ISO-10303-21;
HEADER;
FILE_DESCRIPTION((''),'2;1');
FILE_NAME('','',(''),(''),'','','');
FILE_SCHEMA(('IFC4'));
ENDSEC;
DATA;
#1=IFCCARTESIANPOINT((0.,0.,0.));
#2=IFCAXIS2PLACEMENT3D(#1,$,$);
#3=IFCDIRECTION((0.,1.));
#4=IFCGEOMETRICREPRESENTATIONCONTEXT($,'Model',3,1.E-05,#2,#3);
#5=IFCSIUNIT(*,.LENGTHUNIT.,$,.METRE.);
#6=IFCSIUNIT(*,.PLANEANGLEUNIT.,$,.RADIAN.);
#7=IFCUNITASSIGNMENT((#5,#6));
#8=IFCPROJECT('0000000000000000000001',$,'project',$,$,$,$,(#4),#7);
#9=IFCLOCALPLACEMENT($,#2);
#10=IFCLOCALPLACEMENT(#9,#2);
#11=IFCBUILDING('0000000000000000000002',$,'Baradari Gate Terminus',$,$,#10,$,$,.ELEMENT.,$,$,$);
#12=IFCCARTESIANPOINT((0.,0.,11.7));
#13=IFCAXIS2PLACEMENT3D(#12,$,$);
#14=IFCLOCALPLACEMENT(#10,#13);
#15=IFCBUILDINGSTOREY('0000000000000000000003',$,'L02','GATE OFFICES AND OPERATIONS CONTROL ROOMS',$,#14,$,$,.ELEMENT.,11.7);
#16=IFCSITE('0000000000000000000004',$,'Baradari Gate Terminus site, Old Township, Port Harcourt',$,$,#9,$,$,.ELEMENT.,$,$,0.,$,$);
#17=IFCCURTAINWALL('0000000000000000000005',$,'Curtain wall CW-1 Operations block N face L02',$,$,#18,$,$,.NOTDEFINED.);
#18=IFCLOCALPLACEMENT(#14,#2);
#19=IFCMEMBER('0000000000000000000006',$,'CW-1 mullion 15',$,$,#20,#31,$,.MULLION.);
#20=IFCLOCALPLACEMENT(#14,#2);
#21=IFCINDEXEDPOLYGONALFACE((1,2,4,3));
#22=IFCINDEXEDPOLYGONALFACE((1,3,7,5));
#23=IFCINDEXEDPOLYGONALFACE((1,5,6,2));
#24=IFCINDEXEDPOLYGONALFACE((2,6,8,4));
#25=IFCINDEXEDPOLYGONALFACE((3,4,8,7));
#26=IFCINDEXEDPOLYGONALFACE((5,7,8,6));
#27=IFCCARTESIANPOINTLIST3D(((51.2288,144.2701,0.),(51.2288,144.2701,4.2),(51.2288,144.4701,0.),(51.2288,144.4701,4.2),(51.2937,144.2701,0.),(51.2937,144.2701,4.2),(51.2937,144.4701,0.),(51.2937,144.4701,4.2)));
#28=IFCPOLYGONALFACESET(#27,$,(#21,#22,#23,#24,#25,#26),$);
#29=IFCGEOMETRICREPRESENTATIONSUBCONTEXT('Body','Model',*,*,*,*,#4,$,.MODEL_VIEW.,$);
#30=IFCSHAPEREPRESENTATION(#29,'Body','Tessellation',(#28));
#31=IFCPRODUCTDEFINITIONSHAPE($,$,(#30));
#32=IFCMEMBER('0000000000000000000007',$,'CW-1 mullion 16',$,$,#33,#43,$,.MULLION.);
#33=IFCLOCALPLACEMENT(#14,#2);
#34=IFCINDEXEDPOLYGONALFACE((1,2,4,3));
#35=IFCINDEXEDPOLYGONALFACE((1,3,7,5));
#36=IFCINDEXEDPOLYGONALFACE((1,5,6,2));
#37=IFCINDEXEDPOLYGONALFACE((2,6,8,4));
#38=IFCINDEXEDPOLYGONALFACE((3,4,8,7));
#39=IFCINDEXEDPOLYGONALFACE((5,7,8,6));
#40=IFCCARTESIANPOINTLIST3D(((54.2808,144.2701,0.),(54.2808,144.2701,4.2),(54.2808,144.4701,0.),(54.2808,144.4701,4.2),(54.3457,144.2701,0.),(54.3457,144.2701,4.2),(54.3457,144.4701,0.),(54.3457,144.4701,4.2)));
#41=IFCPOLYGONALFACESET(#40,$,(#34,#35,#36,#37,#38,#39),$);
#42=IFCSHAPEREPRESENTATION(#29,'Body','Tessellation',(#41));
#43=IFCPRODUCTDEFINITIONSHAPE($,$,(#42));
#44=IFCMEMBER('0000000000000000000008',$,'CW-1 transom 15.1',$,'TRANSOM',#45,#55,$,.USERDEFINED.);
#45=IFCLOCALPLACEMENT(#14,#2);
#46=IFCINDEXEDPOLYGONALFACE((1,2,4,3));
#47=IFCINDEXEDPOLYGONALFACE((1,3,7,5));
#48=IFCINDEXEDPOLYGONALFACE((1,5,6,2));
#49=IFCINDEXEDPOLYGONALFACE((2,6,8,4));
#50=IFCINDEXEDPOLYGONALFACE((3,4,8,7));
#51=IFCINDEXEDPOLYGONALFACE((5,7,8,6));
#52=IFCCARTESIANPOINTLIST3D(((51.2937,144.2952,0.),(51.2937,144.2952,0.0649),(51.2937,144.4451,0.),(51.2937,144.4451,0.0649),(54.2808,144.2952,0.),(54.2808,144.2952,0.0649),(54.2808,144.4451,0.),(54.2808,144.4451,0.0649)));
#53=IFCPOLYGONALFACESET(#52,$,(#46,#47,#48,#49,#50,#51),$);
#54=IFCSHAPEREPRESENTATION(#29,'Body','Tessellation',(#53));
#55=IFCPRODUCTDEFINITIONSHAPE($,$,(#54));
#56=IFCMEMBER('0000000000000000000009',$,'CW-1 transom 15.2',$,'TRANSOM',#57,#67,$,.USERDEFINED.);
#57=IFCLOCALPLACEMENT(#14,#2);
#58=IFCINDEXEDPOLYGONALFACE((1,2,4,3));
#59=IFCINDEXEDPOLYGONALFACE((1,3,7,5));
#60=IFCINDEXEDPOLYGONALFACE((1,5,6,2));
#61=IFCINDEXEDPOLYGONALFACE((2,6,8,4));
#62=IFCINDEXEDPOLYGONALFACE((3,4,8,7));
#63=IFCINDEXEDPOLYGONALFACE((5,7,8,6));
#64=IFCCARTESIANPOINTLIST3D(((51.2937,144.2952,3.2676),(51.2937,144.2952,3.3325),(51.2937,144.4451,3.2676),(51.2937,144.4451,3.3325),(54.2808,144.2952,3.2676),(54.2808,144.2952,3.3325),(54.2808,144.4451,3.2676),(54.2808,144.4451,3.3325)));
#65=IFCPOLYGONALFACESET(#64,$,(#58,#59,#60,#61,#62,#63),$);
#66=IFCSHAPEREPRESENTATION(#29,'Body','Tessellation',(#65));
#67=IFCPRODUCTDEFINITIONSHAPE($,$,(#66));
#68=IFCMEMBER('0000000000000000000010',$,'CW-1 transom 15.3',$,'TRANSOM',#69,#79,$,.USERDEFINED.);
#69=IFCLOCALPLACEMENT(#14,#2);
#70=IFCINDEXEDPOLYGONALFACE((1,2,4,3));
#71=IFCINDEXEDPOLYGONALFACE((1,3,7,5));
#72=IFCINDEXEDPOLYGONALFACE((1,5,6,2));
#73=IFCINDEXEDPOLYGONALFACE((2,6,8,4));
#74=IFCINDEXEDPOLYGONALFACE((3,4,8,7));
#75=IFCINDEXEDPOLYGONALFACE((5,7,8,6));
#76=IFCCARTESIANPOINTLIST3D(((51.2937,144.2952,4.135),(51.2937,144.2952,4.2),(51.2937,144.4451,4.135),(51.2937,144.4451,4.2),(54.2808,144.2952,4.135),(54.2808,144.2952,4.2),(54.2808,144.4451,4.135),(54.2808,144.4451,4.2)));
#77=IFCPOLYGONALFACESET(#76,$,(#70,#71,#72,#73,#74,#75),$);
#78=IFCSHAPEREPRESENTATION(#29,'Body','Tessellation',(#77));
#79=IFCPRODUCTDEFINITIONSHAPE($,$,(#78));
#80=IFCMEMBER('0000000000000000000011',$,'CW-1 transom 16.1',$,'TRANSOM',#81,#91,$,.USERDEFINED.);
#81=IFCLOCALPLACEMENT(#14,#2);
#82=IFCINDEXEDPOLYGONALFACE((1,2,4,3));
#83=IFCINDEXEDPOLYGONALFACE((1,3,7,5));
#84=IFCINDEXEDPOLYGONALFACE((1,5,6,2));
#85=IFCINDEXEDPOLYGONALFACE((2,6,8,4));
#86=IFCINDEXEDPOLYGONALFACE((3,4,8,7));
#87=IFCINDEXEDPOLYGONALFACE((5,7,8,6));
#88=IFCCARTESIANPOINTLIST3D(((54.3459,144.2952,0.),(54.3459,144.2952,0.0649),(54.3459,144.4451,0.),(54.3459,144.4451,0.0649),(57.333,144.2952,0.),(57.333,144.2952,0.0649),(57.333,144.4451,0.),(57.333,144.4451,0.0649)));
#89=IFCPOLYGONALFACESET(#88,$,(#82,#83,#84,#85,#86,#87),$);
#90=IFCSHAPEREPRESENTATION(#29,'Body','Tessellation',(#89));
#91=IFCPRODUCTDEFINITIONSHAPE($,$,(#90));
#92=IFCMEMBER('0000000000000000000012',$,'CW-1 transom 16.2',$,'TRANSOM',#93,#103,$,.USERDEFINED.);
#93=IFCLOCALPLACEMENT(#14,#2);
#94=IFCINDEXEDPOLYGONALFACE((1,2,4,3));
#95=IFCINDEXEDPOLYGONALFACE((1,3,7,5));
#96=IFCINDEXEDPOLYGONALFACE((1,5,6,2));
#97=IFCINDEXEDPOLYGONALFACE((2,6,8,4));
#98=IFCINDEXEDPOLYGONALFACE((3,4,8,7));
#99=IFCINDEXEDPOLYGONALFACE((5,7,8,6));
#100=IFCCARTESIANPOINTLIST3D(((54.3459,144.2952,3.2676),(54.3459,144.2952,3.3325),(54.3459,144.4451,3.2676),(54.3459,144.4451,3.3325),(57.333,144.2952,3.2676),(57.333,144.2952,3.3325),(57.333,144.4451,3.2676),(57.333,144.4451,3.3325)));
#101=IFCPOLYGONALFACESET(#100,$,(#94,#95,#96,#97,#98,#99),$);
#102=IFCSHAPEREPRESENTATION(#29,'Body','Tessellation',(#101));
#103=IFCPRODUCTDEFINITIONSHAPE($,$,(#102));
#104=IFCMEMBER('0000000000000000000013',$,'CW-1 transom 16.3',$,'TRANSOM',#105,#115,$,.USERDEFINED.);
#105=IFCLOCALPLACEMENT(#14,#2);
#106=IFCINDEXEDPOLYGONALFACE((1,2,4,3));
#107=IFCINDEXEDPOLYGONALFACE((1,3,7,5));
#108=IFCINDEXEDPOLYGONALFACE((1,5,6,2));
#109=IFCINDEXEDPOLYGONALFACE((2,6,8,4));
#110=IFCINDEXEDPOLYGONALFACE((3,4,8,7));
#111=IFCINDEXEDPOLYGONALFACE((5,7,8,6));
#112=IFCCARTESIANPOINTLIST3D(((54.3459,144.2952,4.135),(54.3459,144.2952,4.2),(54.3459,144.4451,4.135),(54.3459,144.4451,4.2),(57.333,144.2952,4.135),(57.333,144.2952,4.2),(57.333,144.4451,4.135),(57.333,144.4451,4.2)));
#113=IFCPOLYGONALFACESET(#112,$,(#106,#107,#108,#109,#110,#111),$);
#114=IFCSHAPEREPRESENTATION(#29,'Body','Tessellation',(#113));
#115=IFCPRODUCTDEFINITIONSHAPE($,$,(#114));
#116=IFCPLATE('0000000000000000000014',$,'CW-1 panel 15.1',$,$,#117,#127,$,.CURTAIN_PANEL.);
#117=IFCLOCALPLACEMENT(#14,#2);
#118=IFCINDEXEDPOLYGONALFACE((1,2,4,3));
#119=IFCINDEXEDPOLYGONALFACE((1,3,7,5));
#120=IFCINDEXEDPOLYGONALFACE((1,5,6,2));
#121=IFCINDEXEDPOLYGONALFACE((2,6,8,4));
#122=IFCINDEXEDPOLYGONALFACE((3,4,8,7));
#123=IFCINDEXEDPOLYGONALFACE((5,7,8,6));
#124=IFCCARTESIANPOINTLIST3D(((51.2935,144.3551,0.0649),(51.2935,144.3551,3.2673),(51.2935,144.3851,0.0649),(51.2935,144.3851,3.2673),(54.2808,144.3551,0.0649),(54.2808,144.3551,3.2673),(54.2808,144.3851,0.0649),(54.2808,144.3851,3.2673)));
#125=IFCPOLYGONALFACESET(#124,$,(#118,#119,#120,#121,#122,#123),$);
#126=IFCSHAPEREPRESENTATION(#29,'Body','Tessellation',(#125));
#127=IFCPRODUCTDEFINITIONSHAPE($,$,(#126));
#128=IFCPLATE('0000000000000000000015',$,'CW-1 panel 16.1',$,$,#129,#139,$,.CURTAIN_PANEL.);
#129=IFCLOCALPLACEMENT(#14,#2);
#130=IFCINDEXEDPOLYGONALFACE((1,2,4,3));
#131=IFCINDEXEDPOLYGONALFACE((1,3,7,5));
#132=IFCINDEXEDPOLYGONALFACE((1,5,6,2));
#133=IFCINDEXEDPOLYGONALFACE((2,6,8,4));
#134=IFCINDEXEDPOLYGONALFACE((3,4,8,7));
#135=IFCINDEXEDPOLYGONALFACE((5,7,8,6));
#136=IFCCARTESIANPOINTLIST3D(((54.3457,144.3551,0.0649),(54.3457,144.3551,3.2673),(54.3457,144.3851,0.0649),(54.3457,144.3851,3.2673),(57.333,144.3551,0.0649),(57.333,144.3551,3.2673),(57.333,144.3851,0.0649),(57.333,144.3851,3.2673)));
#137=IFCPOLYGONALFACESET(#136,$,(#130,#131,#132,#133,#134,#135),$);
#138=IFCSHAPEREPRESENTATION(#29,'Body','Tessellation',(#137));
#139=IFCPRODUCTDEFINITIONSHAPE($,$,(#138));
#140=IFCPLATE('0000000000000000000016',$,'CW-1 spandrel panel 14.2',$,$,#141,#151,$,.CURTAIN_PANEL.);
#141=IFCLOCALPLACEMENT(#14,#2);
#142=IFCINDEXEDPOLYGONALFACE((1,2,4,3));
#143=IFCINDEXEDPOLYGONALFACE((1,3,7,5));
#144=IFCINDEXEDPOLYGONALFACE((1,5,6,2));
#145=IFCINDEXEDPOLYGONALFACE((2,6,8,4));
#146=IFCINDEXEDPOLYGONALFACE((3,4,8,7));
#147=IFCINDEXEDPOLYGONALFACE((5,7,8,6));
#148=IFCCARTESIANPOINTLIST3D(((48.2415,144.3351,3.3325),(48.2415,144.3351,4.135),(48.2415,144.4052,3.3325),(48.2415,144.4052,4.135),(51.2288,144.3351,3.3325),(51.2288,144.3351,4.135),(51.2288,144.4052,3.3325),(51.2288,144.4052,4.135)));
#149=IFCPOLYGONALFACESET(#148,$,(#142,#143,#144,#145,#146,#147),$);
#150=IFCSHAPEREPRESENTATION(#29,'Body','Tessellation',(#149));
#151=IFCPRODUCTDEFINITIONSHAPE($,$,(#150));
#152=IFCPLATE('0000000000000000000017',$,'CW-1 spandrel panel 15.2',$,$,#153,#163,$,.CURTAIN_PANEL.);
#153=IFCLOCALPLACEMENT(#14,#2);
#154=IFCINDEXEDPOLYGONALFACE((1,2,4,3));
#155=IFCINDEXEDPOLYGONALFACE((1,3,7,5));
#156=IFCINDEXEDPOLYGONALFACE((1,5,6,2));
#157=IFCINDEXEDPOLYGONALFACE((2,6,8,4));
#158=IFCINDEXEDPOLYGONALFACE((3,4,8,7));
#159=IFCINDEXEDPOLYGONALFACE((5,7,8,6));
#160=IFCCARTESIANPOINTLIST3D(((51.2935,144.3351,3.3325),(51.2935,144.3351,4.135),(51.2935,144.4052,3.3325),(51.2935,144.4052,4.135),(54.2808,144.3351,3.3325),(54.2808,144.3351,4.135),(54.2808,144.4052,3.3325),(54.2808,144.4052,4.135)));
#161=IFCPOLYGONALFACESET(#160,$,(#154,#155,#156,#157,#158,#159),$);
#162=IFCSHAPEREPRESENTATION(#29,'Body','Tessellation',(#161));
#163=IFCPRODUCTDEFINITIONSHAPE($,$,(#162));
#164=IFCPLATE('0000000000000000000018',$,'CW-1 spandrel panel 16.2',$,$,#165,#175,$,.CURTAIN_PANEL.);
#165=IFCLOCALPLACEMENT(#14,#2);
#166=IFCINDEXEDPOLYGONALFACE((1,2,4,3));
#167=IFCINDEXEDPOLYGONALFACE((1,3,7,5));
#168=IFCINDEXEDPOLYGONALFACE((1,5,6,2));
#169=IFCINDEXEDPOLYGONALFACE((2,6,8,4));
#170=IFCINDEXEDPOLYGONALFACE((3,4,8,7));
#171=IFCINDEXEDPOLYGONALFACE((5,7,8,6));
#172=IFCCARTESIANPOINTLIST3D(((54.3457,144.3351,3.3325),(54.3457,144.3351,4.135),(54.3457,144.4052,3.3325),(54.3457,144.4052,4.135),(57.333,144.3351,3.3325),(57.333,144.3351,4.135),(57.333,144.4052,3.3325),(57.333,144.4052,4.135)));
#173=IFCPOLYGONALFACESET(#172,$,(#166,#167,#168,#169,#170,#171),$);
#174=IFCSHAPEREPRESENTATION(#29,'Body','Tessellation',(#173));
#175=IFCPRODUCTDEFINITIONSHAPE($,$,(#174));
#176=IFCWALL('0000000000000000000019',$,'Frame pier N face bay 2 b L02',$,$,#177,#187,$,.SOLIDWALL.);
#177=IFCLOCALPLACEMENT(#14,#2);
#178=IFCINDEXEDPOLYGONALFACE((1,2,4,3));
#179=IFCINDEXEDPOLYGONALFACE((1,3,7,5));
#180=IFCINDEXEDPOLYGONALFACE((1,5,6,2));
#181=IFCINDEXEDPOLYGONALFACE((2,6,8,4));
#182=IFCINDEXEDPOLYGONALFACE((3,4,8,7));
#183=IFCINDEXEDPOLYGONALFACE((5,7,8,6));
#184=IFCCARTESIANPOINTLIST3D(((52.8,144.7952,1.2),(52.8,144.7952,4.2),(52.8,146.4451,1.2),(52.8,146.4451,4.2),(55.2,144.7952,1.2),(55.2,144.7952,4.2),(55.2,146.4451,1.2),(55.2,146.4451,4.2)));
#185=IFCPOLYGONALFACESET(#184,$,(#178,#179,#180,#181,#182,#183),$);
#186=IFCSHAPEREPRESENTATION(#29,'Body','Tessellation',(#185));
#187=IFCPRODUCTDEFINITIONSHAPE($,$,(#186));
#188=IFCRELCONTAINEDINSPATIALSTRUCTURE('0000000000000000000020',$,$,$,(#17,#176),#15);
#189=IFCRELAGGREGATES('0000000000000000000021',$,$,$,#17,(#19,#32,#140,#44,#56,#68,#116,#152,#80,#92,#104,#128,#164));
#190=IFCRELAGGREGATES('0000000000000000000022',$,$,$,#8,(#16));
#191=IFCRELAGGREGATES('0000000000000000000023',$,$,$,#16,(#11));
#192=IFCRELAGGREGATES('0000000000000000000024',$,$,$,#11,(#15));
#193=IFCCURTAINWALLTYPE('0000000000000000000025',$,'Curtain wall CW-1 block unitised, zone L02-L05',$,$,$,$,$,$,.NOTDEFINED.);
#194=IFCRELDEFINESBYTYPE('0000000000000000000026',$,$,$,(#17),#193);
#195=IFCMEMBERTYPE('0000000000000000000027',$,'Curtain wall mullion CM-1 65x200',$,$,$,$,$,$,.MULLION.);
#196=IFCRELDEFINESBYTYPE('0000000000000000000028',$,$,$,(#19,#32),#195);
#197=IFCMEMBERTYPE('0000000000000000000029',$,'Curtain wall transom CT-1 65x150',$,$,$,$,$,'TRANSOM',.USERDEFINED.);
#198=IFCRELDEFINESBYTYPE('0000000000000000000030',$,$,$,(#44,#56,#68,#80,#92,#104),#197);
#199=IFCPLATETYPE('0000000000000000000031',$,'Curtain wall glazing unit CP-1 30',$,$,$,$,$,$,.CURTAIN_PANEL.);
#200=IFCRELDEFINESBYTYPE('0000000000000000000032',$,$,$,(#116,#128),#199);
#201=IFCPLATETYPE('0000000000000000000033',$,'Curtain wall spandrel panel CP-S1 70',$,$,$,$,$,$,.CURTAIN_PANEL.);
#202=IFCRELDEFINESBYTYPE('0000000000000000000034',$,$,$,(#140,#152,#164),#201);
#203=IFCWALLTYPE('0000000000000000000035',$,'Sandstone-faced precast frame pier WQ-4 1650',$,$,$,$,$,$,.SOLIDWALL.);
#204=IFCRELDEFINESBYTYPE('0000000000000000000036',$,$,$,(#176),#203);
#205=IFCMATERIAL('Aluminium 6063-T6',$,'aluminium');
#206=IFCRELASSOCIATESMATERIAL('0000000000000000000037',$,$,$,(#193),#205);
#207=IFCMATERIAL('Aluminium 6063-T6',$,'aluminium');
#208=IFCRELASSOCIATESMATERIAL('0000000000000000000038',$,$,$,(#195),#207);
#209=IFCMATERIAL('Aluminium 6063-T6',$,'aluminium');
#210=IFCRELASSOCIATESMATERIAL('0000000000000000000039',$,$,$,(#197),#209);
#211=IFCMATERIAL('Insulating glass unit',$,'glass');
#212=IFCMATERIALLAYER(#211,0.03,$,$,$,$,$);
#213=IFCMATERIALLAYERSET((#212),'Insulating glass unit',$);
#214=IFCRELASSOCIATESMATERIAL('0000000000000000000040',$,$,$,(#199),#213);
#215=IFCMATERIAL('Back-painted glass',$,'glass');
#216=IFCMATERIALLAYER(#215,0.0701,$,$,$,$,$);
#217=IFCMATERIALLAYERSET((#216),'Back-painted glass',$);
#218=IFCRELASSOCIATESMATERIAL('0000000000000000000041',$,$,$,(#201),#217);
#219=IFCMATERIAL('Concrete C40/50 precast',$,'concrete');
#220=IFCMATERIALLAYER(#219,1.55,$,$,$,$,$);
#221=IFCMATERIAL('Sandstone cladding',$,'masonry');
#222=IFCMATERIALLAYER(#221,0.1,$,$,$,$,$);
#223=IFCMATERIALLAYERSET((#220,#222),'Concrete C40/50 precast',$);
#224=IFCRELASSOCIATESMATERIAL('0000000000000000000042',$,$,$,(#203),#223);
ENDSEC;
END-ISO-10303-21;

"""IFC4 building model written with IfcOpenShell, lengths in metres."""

from ifc_helpers import new_model, si_unit, direction, frame, frame_2d, origin, origin_2d, place, context, subcontext, project, spatial, rectangle, extrude, material, layer, layer_set, material_profile, profile_set, type_object, element, aggregate, save


model = new_model("IFC4")

# Units and contexts
model_context = context("Model", 3, precision=1e-05, world=origin(), true_north=direction((0.0, 1.0)))
body_context = subcontext(model_context, "Body", "Model", "MODEL_VIEW")
ifc_project = project(units=[si_unit("LENGTHUNIT", "METRE"), si_unit("PLANEANGLEUNIT", "RADIAN")], contexts=[model_context])

# Site, building, storey
site_placement = place(None, origin())
site = spatial("IfcSite", under=ifc_project, at=site_placement, Name="Baradari Gate Terminus site, Old Township, Port Harcourt", CompositionType="ELEMENT", RefElevation=0.0)
building_placement = place(site_placement, origin())
building = spatial("IfcBuilding", under=site, at=building_placement, Name="Baradari Gate Terminus", CompositionType="ELEMENT")
storey_placement = place(building_placement, frame((0.0, 0.0, 11.7)))
storey = spatial("IfcBuildingStorey", under=building, at=storey_placement, Name="L02", Description="GATE OFFICES AND OPERATIONS CONTROL ROOMS", CompositionType="ELEMENT", Elevation=11.7)

# Curtain wall, members, plates
ifc_material_1 = material(Name="Aluminium 6063-T6", Category="aluminium")
curtain_wall_type = type_object("IfcCurtainWallType", Name="Curtain wall CW-1 block unitised, zone L02-L05", PredefinedType="NOTDEFINED", material=ifc_material_1)
curtain_wall_placement = place(storey_placement, origin())
curtain_wall = element("IfcCurtainWall", 1, at=curtain_wall_placement, inside=storey, type_object=curtain_wall_type, Name="Curtain wall CW-1 Operations block N face L02", PredefinedType="NOTDEFINED")
ifc_material_2 = material(Name="Aluminium 6063-T6", Category="aluminium")
ifc_material_profile_1 = material_profile(ifc_material_2, rectangle(XDim=0.2, YDim=0.0649, at=origin_2d()), Name="CM-1 65X200")
ifc_profile_set_1 = profile_set([ifc_material_profile_1], Name="Aluminium 6063-T6")
member_type_1 = type_object("IfcMemberType", Name="Curtain wall mullion CM-1 65x200", PredefinedType="MULLION", material=ifc_profile_set_1)
member_1_placement = place(storey_placement, frame((51.2612, 144.3701, 0.0), z_axis=(0.0, 0.0, 1.0), x_axis=(0.0, 1.0, 0.0)))
member_1 = element("IfcMember", 2, at=member_1_placement, type_object=member_type_1, Name="CW-1 mullion 15", PredefinedType="MULLION", context=body_context, shape_type="SweptSolid", body=[
    extrude(rectangle(XDim=0.2, YDim=0.0649, at=origin_2d()), origin(), (0.0, 0.0, 1.0), 4.2),
])
member_2_placement = place(storey_placement, frame((54.3132, 144.3701, 0.0), z_axis=(0.0, 0.0, 1.0), x_axis=(0.0, 1.0, 0.0)))
member_2 = element("IfcMember", 3, at=member_2_placement, type_object=member_type_1, Name="CW-1 mullion 16", PredefinedType="MULLION", context=body_context, shape_type="SweptSolid", body=[
    extrude(rectangle(XDim=0.2, YDim=0.0649, at=origin_2d()), origin(), (0.0, 0.0, 1.0), 4.2),
])
ifc_material_3 = material(Name="Aluminium 6063-T6", Category="aluminium")
ifc_material_profile_2 = material_profile(ifc_material_3, rectangle(XDim=0.1499, YDim=0.0649, at=origin_2d()), Name="CT-1 65X150")
ifc_profile_set_2 = profile_set([ifc_material_profile_2], Name="Aluminium 6063-T6")
member_type_2 = type_object("IfcMemberType", Name="Curtain wall transom CT-1 65x150", ElementType="TRANSOM", PredefinedType="USERDEFINED", material=ifc_profile_set_2)
member_3_placement = place(storey_placement, frame((51.2937, 144.3701, 0.0325), z_axis=(1.0, 0.0, 0.0), x_axis=(0.0, 1.0, 0.0)))
member_3 = element("IfcMember", 4, at=member_3_placement, type_object=member_type_2, Name="CW-1 transom 15.1", ObjectType="TRANSOM", PredefinedType="USERDEFINED", context=body_context, shape_type="SweptSolid", body=[
    extrude(rectangle(XDim=0.1499, YDim=0.0649, at=origin_2d()), origin(), (0.0, 0.0, 1.0), 2.9871),
])
member_4_placement = place(storey_placement, frame((51.2937, 144.3701, 3.3), z_axis=(1.0, 0.0, 0.0), x_axis=(0.0, 1.0, 0.0)))
member_4 = element("IfcMember", 5, at=member_4_placement, type_object=member_type_2, Name="CW-1 transom 15.2", ObjectType="TRANSOM", PredefinedType="USERDEFINED", context=body_context, shape_type="SweptSolid", body=[
    extrude(rectangle(XDim=0.1499, YDim=0.0649, at=origin_2d()), origin(), (0.0, 0.0, 1.0), 2.9871),
])
member_5_placement = place(storey_placement, frame((51.2937, 144.3701, 4.1675), z_axis=(1.0, 0.0, 0.0), x_axis=(0.0, 1.0, 0.0)))
member_5 = element("IfcMember", 6, at=member_5_placement, type_object=member_type_2, Name="CW-1 transom 15.3", ObjectType="TRANSOM", PredefinedType="USERDEFINED", context=body_context, shape_type="SweptSolid", body=[
    extrude(rectangle(XDim=0.1499, YDim=0.0649, at=origin_2d()), origin(), (0.0, 0.0, 1.0), 2.9871),
])
member_6_placement = place(storey_placement, frame((54.3459, 144.3701, 0.0325), z_axis=(1.0, 0.0, 0.0), x_axis=(0.0, 1.0, 0.0)))
member_6 = element("IfcMember", 7, at=member_6_placement, type_object=member_type_2, Name="CW-1 transom 16.1", ObjectType="TRANSOM", PredefinedType="USERDEFINED", context=body_context, shape_type="SweptSolid", body=[
    extrude(rectangle(XDim=0.1499, YDim=0.0649, at=origin_2d()), origin(), (0.0, 0.0, 1.0), 2.9871),
])
member_7_placement = place(storey_placement, frame((54.3459, 144.3701, 3.3), z_axis=(1.0, 0.0, 0.0), x_axis=(0.0, 1.0, 0.0)))
member_7 = element("IfcMember", 8, at=member_7_placement, type_object=member_type_2, Name="CW-1 transom 16.2", ObjectType="TRANSOM", PredefinedType="USERDEFINED", context=body_context, shape_type="SweptSolid", body=[
    extrude(rectangle(XDim=0.1499, YDim=0.0649, at=origin_2d()), origin(), (0.0, 0.0, 1.0), 2.9871),
])
member_8_placement = place(storey_placement, frame((54.3459, 144.3701, 4.1675), z_axis=(1.0, 0.0, 0.0), x_axis=(0.0, 1.0, 0.0)))
member_8 = element("IfcMember", 9, at=member_8_placement, type_object=member_type_2, Name="CW-1 transom 16.3", ObjectType="TRANSOM", PredefinedType="USERDEFINED", context=body_context, shape_type="SweptSolid", body=[
    extrude(rectangle(XDim=0.1499, YDim=0.0649, at=origin_2d()), origin(), (0.0, 0.0, 1.0), 2.9871),
])
ifc_material_4 = material(Name="Insulating glass unit", Category="glass")
ifc_layer_1 = layer(ifc_material_4, 0.03)
ifc_layer_set_1 = layer_set([ifc_layer_1], Name="Insulating glass unit")
plate_type_1 = type_object("IfcPlateType", Name="Curtain wall glazing unit CP-1 30", PredefinedType="CURTAIN_PANEL", material=ifc_layer_set_1)
plate_1_placement = place(storey_placement, frame((52.7871, 144.3701, 0.0649), z_axis=(0.0, 0.0, 1.0), x_axis=(1.0, 0.0, 0.0)))
plate_1 = element("IfcPlate", 10, at=plate_1_placement, type_object=plate_type_1, Name="CW-1 panel 15.1", PredefinedType="CURTAIN_PANEL", context=body_context, shape_type="SweptSolid", body=[
    extrude(rectangle(XDim=2.9873, YDim=0.03, at=origin_2d()), origin(), (0.0, 0.0, 1.0), 3.2024),
])
plate_2_placement = place(storey_placement, frame((55.8394, 144.3701, 0.0649), z_axis=(0.0, 0.0, 1.0), x_axis=(1.0, 0.0, 0.0)))
plate_2 = element("IfcPlate", 11, at=plate_2_placement, type_object=plate_type_1, Name="CW-1 panel 16.1", PredefinedType="CURTAIN_PANEL", context=body_context, shape_type="SweptSolid", body=[
    extrude(rectangle(XDim=2.9873, YDim=0.03, at=origin_2d()), origin(), (0.0, 0.0, 1.0), 3.2024),
])
ifc_material_5 = material(Name="Back-painted glass", Category="glass")
ifc_layer_2 = layer(ifc_material_5, 0.0701)
ifc_layer_set_2 = layer_set([ifc_layer_2], Name="Back-painted glass")
plate_type_2 = type_object("IfcPlateType", Name="Curtain wall spandrel panel CP-S1 70", PredefinedType="CURTAIN_PANEL", material=ifc_layer_set_2)
plate_3_placement = place(storey_placement, frame((49.7351, 144.3701, 3.3325), z_axis=(0.0, 0.0, 1.0), x_axis=(1.0, 0.0, 0.0)))
plate_3 = element("IfcPlate", 12, at=plate_3_placement, type_object=plate_type_2, Name="CW-1 spandrel panel 14.2", PredefinedType="CURTAIN_PANEL", context=body_context, shape_type="SweptSolid", body=[
    extrude(rectangle(XDim=2.9873, YDim=0.0701, at=origin_2d()), origin(), (0.0, 0.0, 1.0), 0.8025),
])
plate_4_placement = place(storey_placement, frame((52.7871, 144.3701, 3.3325), z_axis=(0.0, 0.0, 1.0), x_axis=(1.0, 0.0, 0.0)))
plate_4 = element("IfcPlate", 13, at=plate_4_placement, type_object=plate_type_2, Name="CW-1 spandrel panel 15.2", PredefinedType="CURTAIN_PANEL", context=body_context, shape_type="SweptSolid", body=[
    extrude(rectangle(XDim=2.9873, YDim=0.0701, at=origin_2d()), origin(), (0.0, 0.0, 1.0), 0.8025),
])
plate_5_placement = place(storey_placement, frame((55.8394, 144.3701, 3.3325), z_axis=(0.0, 0.0, 1.0), x_axis=(1.0, 0.0, 0.0)))
plate_5 = element("IfcPlate", 14, at=plate_5_placement, type_object=plate_type_2, Name="CW-1 spandrel panel 16.2", PredefinedType="CURTAIN_PANEL", context=body_context, shape_type="SweptSolid", body=[
    extrude(rectangle(XDim=2.9873, YDim=0.0701, at=origin_2d()), origin(), (0.0, 0.0, 1.0), 0.8025),
])
aggregate(curtain_wall, [member_1, member_2, plate_3, member_3, member_4, member_5, plate_1, plate_4, member_6, member_7, member_8, plate_2, plate_5])

# Wall
ifc_material_6 = material(Name="Concrete C40/50 precast", Category="concrete")
ifc_layer_3 = layer(ifc_material_6, 1.55)
ifc_material_7 = material(Name="Sandstone cladding", Category="masonry")
ifc_layer_4 = layer(ifc_material_7, 0.1)
ifc_layer_set_3 = layer_set([ifc_layer_3, ifc_layer_4], Name="Concrete C40/50 precast")
wall_type = type_object("IfcWallType", Name="Sandstone-faced precast frame pier WQ-4 1650", PredefinedType="SOLIDWALL", material=ifc_layer_set_3)
wall_placement = place(storey_placement, frame((52.8, 145.6201, 1.2), z_axis=(0.0, 0.0, 1.0), x_axis=(1.0, 0.0, 0.0)))
element("IfcWall", 15, at=wall_placement, inside=storey, type_object=wall_type, Name="Frame pier N face bay 2 b L02", PredefinedType="SOLIDWALL", context=body_context, shape_type="SweptSolid", body=[
    extrude(rectangle(XDim=2.3999, YDim=1.6499, at=frame_2d((1.2, 0.0))), origin(), (0.0, 0.0, 1.0), 3.0),
])

save(model, "model.ifc")
